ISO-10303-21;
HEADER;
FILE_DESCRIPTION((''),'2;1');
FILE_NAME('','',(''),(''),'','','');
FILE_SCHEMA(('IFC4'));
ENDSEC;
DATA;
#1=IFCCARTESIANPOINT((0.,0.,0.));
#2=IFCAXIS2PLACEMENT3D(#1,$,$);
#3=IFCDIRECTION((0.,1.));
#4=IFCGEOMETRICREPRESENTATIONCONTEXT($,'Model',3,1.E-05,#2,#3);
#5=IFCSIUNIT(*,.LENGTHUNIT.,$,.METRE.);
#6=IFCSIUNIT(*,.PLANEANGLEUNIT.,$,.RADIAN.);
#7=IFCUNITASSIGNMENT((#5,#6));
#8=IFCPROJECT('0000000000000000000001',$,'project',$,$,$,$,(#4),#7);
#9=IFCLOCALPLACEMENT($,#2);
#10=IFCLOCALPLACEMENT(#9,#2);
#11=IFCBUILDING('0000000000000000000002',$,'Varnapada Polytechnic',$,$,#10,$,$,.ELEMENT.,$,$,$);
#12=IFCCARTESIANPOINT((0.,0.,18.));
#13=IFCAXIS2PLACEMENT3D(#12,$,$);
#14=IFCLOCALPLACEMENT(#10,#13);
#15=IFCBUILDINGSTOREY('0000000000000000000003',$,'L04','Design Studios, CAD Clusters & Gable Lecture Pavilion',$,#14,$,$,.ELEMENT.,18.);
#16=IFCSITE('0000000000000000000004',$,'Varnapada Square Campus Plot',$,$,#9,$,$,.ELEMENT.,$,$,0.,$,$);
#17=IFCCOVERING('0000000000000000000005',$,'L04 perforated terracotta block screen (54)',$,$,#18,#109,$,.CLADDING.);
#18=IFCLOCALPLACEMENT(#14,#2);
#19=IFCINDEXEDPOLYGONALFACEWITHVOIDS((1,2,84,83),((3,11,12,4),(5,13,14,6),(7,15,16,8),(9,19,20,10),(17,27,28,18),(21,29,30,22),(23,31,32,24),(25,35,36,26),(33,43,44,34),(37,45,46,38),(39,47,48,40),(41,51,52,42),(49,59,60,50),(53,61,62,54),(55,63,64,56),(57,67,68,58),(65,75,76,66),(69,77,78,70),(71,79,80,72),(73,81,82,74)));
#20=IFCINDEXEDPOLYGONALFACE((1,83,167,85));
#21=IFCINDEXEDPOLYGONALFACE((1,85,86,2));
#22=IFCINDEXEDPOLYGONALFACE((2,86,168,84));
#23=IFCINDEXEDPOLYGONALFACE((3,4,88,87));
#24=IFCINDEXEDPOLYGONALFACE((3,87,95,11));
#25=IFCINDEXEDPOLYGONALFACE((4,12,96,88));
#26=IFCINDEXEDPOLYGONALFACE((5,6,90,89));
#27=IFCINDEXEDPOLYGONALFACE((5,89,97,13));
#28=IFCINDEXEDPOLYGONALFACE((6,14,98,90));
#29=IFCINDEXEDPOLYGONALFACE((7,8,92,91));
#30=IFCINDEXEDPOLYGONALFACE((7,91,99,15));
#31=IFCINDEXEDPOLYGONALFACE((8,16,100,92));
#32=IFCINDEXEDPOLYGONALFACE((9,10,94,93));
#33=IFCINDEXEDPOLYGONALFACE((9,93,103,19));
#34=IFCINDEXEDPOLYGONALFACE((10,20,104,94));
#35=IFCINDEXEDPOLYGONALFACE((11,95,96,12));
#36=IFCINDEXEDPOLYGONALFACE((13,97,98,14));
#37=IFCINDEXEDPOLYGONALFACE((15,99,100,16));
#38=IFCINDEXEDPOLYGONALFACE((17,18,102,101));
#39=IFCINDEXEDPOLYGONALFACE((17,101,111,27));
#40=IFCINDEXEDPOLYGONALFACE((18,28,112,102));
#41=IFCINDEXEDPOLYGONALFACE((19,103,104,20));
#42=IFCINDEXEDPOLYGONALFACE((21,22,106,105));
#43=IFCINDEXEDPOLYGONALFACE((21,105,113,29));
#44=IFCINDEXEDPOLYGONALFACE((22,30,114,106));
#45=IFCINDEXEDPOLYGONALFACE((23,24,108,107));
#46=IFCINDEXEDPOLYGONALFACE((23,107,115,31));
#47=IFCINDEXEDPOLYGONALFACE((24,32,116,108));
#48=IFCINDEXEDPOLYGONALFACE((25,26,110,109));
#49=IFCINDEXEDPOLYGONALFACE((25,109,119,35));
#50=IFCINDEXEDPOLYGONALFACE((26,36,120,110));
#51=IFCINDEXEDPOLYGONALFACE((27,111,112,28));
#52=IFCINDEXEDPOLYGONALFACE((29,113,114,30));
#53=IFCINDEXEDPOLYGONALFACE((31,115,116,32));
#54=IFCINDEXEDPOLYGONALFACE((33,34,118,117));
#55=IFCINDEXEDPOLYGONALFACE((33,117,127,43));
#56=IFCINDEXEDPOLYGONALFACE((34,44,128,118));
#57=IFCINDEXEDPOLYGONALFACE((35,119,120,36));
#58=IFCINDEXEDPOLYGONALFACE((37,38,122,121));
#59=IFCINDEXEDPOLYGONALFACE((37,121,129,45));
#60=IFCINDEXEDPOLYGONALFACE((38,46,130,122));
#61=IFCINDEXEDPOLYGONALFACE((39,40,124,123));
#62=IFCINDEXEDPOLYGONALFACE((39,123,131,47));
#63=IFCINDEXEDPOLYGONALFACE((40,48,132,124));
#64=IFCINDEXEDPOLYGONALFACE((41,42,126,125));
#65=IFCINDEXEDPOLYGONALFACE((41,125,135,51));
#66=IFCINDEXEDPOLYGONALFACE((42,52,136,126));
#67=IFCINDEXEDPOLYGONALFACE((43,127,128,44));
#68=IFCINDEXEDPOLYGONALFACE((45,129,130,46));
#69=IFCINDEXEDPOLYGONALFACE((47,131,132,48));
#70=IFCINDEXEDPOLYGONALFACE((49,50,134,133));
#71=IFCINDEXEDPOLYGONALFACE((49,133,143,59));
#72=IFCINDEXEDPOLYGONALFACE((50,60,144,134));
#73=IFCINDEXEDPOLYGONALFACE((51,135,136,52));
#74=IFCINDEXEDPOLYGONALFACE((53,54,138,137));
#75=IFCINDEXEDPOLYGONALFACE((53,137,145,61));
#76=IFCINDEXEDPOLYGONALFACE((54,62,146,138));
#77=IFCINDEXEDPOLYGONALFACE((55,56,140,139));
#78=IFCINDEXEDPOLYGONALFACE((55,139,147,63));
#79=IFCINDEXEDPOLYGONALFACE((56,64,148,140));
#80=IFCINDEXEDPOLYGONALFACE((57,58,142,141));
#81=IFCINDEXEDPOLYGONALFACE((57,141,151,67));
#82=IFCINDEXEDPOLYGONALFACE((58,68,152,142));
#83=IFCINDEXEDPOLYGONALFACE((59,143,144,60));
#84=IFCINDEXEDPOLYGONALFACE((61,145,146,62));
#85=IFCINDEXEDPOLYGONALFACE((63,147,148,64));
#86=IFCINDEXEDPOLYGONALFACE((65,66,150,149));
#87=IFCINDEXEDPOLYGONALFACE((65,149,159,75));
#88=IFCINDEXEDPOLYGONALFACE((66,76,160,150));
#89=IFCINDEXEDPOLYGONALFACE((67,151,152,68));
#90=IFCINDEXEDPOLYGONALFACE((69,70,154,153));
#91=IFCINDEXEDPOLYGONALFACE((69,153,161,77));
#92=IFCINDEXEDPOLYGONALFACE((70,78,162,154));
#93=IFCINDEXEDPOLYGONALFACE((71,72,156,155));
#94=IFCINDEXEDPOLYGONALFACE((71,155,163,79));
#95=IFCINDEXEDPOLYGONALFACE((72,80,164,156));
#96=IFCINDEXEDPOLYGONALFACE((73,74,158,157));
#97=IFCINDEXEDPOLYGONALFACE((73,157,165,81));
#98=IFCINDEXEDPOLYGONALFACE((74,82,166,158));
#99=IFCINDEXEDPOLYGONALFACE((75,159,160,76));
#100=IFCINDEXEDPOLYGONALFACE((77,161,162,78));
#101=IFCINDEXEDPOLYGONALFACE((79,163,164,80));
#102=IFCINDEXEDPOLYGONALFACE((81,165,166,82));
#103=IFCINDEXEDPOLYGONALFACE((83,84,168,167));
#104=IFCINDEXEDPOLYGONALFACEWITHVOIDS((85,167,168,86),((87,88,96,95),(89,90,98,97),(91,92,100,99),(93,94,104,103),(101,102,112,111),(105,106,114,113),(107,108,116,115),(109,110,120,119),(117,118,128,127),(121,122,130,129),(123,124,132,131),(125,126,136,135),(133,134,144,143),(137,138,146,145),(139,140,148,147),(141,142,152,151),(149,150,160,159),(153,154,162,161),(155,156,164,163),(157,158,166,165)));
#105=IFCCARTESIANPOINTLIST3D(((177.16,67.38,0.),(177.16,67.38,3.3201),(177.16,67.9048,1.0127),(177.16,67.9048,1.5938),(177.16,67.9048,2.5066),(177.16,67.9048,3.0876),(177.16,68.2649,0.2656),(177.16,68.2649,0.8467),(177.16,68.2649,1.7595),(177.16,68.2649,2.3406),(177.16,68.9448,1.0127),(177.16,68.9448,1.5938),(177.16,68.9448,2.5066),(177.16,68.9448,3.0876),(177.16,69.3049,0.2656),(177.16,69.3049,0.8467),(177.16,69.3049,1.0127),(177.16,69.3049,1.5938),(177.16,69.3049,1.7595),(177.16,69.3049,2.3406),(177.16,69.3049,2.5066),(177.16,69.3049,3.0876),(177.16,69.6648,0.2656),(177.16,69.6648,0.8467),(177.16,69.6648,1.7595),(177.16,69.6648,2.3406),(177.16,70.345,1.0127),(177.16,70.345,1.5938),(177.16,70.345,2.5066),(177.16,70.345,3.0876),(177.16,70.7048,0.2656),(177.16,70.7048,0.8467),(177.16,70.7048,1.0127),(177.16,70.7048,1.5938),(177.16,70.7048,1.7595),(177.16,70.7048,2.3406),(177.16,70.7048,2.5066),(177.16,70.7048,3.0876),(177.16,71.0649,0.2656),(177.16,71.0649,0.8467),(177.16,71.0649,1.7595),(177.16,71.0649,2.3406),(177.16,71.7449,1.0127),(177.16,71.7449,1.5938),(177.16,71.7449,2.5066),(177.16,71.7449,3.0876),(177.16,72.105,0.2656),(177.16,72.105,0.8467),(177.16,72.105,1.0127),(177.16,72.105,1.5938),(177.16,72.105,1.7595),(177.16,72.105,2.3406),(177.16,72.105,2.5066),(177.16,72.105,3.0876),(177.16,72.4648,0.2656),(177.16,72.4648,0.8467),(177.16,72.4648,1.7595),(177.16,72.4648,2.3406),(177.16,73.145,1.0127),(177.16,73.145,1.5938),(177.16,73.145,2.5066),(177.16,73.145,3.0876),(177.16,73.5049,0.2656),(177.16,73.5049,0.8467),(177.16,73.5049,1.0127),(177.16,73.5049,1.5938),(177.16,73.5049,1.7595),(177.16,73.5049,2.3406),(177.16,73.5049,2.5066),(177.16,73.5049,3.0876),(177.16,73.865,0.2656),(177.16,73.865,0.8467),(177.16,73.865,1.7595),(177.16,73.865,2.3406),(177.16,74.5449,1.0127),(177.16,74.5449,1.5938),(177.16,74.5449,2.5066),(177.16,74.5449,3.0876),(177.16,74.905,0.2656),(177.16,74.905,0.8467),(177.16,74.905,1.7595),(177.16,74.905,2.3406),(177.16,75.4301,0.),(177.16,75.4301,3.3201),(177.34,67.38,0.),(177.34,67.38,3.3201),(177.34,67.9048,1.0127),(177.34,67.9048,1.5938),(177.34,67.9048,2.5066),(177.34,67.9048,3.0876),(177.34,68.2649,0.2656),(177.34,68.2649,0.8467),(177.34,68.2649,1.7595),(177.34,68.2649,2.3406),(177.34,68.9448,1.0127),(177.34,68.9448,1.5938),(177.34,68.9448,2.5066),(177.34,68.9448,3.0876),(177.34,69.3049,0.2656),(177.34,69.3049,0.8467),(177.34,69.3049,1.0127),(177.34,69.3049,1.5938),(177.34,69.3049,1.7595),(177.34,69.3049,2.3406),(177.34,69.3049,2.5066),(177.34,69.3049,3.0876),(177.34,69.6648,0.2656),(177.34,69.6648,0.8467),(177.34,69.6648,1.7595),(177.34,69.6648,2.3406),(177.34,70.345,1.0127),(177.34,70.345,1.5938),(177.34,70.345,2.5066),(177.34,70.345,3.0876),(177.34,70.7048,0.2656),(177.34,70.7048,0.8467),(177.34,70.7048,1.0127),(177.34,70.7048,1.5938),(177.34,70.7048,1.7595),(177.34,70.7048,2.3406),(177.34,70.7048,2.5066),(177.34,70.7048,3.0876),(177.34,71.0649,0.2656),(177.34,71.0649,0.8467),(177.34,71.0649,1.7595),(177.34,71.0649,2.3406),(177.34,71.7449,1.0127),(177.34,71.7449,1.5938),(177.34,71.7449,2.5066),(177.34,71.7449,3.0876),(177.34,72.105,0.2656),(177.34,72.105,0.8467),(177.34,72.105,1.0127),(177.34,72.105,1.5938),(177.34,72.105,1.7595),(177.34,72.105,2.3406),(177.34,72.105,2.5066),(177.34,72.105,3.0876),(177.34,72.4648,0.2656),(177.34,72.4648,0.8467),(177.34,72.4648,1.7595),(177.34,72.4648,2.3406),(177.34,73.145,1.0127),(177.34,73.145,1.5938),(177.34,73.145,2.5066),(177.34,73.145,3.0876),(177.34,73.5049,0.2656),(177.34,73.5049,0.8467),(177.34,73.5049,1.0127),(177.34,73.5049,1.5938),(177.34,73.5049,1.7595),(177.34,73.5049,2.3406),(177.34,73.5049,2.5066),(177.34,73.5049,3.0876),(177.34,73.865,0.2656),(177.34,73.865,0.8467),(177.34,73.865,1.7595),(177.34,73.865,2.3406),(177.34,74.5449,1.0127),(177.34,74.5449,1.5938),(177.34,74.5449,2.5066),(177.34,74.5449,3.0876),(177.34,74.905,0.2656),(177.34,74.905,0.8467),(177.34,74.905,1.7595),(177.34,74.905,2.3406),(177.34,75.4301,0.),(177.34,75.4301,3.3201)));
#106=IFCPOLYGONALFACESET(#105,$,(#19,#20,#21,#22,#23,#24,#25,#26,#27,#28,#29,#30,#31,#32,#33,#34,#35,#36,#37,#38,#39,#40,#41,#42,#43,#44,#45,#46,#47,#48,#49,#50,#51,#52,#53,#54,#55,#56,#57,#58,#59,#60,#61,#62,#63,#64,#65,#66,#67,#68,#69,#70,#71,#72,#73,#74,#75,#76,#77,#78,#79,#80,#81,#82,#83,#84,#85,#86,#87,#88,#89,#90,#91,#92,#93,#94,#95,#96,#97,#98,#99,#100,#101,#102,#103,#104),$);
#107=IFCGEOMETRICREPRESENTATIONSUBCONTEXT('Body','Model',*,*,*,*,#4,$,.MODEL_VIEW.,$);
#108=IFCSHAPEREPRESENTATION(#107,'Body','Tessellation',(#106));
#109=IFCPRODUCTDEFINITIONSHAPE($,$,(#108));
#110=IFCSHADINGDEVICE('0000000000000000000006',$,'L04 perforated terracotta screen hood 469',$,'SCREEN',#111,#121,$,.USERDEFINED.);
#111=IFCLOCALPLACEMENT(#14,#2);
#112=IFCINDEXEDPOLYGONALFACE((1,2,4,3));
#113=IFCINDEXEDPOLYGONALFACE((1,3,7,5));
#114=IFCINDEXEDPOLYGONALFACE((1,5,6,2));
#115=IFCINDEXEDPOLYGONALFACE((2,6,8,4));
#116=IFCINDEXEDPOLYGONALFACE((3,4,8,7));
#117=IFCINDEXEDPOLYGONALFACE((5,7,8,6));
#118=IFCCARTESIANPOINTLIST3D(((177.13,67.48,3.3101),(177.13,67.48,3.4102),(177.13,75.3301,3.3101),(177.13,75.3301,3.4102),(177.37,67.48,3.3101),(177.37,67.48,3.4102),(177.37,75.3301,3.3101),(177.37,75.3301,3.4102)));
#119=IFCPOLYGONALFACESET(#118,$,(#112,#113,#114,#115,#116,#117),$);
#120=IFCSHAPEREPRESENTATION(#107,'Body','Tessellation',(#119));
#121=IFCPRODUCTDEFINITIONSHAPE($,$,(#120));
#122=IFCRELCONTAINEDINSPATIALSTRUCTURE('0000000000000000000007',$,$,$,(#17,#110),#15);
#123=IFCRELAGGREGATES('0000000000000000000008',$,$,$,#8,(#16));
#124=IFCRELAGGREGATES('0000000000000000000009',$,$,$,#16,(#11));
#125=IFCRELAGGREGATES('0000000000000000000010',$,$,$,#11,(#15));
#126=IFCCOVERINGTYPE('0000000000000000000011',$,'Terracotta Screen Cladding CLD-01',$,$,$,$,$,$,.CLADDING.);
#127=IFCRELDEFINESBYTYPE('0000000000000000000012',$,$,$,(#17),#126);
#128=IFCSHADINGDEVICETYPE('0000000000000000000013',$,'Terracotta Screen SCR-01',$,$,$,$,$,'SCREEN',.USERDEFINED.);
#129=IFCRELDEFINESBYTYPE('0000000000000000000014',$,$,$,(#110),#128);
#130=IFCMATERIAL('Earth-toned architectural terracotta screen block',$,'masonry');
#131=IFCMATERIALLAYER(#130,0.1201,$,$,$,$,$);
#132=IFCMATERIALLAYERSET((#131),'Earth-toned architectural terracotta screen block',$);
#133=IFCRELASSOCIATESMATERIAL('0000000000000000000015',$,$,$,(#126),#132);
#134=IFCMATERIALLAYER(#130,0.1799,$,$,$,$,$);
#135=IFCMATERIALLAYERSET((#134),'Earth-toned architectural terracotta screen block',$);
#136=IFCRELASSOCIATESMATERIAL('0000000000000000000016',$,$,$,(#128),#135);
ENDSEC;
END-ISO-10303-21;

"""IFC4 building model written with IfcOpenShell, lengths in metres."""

from ifc_helpers import new_model, si_unit, direction, frame, frame_2d, origin, origin_2d, place, context, subcontext, project, spatial, rectangle, extrude, material, layer, layer_set, type_object, element, save


model = new_model("IFC4")

# Units and contexts
model_context = context("Model", 3, precision=1e-05, world=origin(), true_north=direction((0.0, 1.0)))
body_context = subcontext(model_context, "Body", "Model", "MODEL_VIEW")
ifc_project = project(units=[si_unit("LENGTHUNIT", "METRE"), si_unit("PLANEANGLEUNIT", "RADIAN")], contexts=[model_context])

# Site, building, storey
site_placement = place(None, origin())
site = spatial("IfcSite", under=ifc_project, at=site_placement, Name="Varnapada Square Campus Plot", CompositionType="ELEMENT", RefElevation=0.0)
building_placement = place(site_placement, origin())
building = spatial("IfcBuilding", under=site, at=building_placement, Name="Varnapada Polytechnic", CompositionType="ELEMENT")
storey_placement = place(building_placement, frame((0.0, 0.0, 18.0)))
storey = spatial("IfcBuildingStorey", under=building, at=storey_placement, Name="L04", Description="Design Studios, CAD Clusters & Gable Lecture Pavilion", CompositionType="ELEMENT", Elevation=18.0)

# Covering, openings
ifc_material_1 = material(Name="Earth-toned architectural terracotta screen block", Category="masonry")
ifc_layer_1 = layer(ifc_material_1, 0.1201)
ifc_layer_set_1 = layer_set([ifc_layer_1], Name="Earth-toned architectural terracotta screen block")
covering_type = type_object("IfcCoveringType", Name="Terracotta Screen Cladding CLD-01", PredefinedType="CLADDING", material=ifc_layer_set_1)
covering_placement = place(storey_placement, frame((177.25, 75.4299, 0.0), z_axis=(0.0, 0.0, 1.0), x_axis=(0.0, -1.0, 0.0)))
covering = element("IfcCovering", 1, at=covering_placement, inside=storey, type_object=covering_type, Name="L04 perforated terracotta block screen (54)", PredefinedType="CLADDING", context=body_context, shape_type="SweptSolid", body=[
    extrude(rectangle(XDim=8.05, YDim=0.1799, at=frame_2d((4.0249, 0.0))), origin(), (0.0, 0.0, 1.0), 3.3201),
])
opening_1_placement = place(covering_placement, frame((0.5249, 0.0, 0.2656)))
element("IfcOpeningElement", 2, at=opening_1_placement, cuts=covering, PredefinedType="OPENING", context=body_context, shape_type="SweptSolid", body=[
    extrude(rectangle(XDim=1.04, YDim=0.5811, at=frame_2d((0.52, 0.2905))), frame((0.0, 0.0999, 0.0), z_axis=(0.0, -1.0, 0.0), x_axis=(1.0, 0.0, 0.0)), (0.0, 0.0, 1.0), 0.2),
])
opening_2_placement = place(covering_placement, frame((1.925, 0.0, 0.2656)))
element("IfcOpeningElement", 3, at=opening_2_placement, cuts=covering, PredefinedType="OPENING", context=body_context, shape_type="SweptSolid", body=[
    extrude(rectangle(XDim=1.04, YDim=0.5811, at=frame_2d((0.52, 0.2905))), frame((0.0, 0.0999, 0.0), z_axis=(0.0, -1.0, 0.0), x_axis=(1.0, 0.0, 0.0)), (0.0, 0.0, 1.0), 0.2),
])
opening_3_placement = place(covering_placement, frame((3.325, 0.0, 0.2656)))
element("IfcOpeningElement", 4, at=opening_3_placement, cuts=covering, PredefinedType="OPENING", context=body_context, shape_type="SweptSolid", body=[
    extrude(rectangle(XDim=1.04, YDim=0.5811, at=frame_2d((0.52, 0.2905))), frame((0.0, 0.0999, 0.0), z_axis=(0.0, -1.0, 0.0), x_axis=(1.0, 0.0, 0.0)), (0.0, 0.0, 1.0), 0.2),
])
opening_4_placement = place(covering_placement, frame((4.7251, 0.0, 0.2656)))
element("IfcOpeningElement", 5, at=opening_4_placement, cuts=covering, PredefinedType="OPENING", context=body_context, shape_type="SweptSolid", body=[
    extrude(rectangle(XDim=1.04, YDim=0.5811, at=frame_2d((0.52, 0.2905))), frame((0.0, 0.0999, 0.0), z_axis=(0.0, -1.0, 0.0), x_axis=(1.0, 0.0, 0.0)), (0.0, 0.0, 1.0), 0.2),
])
opening_5_placement = place(covering_placement, frame((6.125, 0.0, 0.2656)))
element("IfcOpeningElement", 6, at=opening_5_placement, cuts=covering, PredefinedType="OPENING", context=body_context, shape_type="SweptSolid", body=[
    extrude(rectangle(XDim=1.04, YDim=0.5811, at=frame_2d((0.52, 0.2905))), frame((0.0, 0.0999, 0.0), z_axis=(0.0, -1.0, 0.0), x_axis=(1.0, 0.0, 0.0)), (0.0, 0.0, 1.0), 0.2),
])
opening_6_placement = place(covering_placement, frame((0.885, 0.0, 1.0127)))
element("IfcOpeningElement", 7, at=opening_6_placement, cuts=covering, PredefinedType="OPENING", context=body_context, shape_type="SweptSolid", body=[
    extrude(rectangle(XDim=1.04, YDim=0.5811, at=frame_2d((0.52, 0.2905))), frame((0.0, 0.0999, 0.0), z_axis=(0.0, -1.0, 0.0), x_axis=(1.0, 0.0, 0.0)), (0.0, 0.0, 1.0), 0.2),
])
opening_7_placement = place(covering_placement, frame((2.2849, 0.0, 1.0127)))
element("IfcOpeningElement", 8, at=opening_7_placement, cuts=covering, PredefinedType="OPENING", context=body_context, shape_type="SweptSolid", body=[
    extrude(rectangle(XDim=1.04, YDim=0.5811, at=frame_2d((0.52, 0.2905))), frame((0.0, 0.0999, 0.0), z_axis=(0.0, -1.0, 0.0), x_axis=(1.0, 0.0, 0.0)), (0.0, 0.0, 1.0), 0.2),
])
opening_8_placement = place(covering_placement, frame((3.6851, 0.0, 1.0127)))
element("IfcOpeningElement", 9, at=opening_8_placement, cuts=covering, PredefinedType="OPENING", context=body_context, shape_type="SweptSolid", body=[
    extrude(rectangle(XDim=1.04, YDim=0.5811, at=frame_2d((0.52, 0.2905))), frame((0.0, 0.0999, 0.0), z_axis=(0.0, -1.0, 0.0), x_axis=(1.0, 0.0, 0.0)), (0.0, 0.0, 1.0), 0.2),
])
opening_9_placement = place(covering_placement, frame((5.085, 0.0, 1.0127)))
element("IfcOpeningElement", 10, at=opening_9_placement, cuts=covering, PredefinedType="OPENING", context=body_context, shape_type="SweptSolid", body=[
    extrude(rectangle(XDim=1.04, YDim=0.5811, at=frame_2d((0.52, 0.2905))), frame((0.0, 0.0999, 0.0), z_axis=(0.0, -1.0, 0.0), x_axis=(1.0, 0.0, 0.0)), (0.0, 0.0, 1.0), 0.2),
])
opening_10_placement = place(covering_placement, frame((6.4851, 0.0, 1.0127)))
element("IfcOpeningElement", 11, at=opening_10_placement, cuts=covering, PredefinedType="OPENING", context=body_context, shape_type="SweptSolid", body=[
    extrude(rectangle(XDim=1.04, YDim=0.5811, at=frame_2d((0.52, 0.2905))), frame((0.0, 0.0999, 0.0), z_axis=(0.0, -1.0, 0.0), x_axis=(1.0, 0.0, 0.0)), (0.0, 0.0, 1.0), 0.2),
])
opening_11_placement = place(covering_placement, frame((0.5249, 0.0, 1.7595)))
element("IfcOpeningElement", 12, at=opening_11_placement, cuts=covering, PredefinedType="OPENING", context=body_context, shape_type="SweptSolid", body=[
    extrude(rectangle(XDim=1.04, YDim=0.5811, at=frame_2d((0.52, 0.2905))), frame((0.0, 0.0999, 0.0), z_axis=(0.0, -1.0, 0.0), x_axis=(1.0, 0.0, 0.0)), (0.0, 0.0, 1.0), 0.2),
])
opening_12_placement = place(covering_placement, frame((1.925, 0.0, 1.7595)))
element("IfcOpeningElement", 13, at=opening_12_placement, cuts=covering, PredefinedType="OPENING", context=body_context, shape_type="SweptSolid", body=[
    extrude(rectangle(XDim=1.04, YDim=0.5811, at=frame_2d((0.52, 0.2905))), frame((0.0, 0.0999, 0.0), z_axis=(0.0, -1.0, 0.0), x_axis=(1.0, 0.0, 0.0)), (0.0, 0.0, 1.0), 0.2),
])
opening_13_placement = place(covering_placement, frame((3.325, 0.0, 1.7595)))
element("IfcOpeningElement", 14, at=opening_13_placement, cuts=covering, PredefinedType="OPENING", context=body_context, shape_type="SweptSolid", body=[
    extrude(rectangle(XDim=1.04, YDim=0.5811, at=frame_2d((0.52, 0.2905))), frame((0.0, 0.0999, 0.0), z_axis=(0.0, -1.0, 0.0), x_axis=(1.0, 0.0, 0.0)), (0.0, 0.0, 1.0), 0.2),
])
opening_14_placement = place(covering_placement, frame((4.7251, 0.0, 1.7595)))
element("IfcOpeningElement", 15, at=opening_14_placement, cuts=covering, PredefinedType="OPENING", context=body_context, shape_type="SweptSolid", body=[
    extrude(rectangle(XDim=1.04, YDim=0.5811, at=frame_2d((0.52, 0.2905))), frame((0.0, 0.0999, 0.0), z_axis=(0.0, -1.0, 0.0), x_axis=(1.0, 0.0, 0.0)), (0.0, 0.0, 1.0), 0.2),
])
opening_15_placement = place(covering_placement, frame((6.125, 0.0, 1.7595)))
element("IfcOpeningElement", 16, at=opening_15_placement, cuts=covering, PredefinedType="OPENING", context=body_context, shape_type="SweptSolid", body=[
    extrude(rectangle(XDim=1.04, YDim=0.5811, at=frame_2d((0.52, 0.2905))), frame((0.0, 0.0999, 0.0), z_axis=(0.0, -1.0, 0.0), x_axis=(1.0, 0.0, 0.0)), (0.0, 0.0, 1.0), 0.2),
])
opening_16_placement = place(covering_placement, frame((0.885, 0.0, 2.5066)))
element("IfcOpeningElement", 17, at=opening_16_placement, cuts=covering, PredefinedType="OPENING", context=body_context, shape_type="SweptSolid", body=[
    extrude(rectangle(XDim=1.04, YDim=0.5811, at=frame_2d((0.52, 0.2905))), frame((0.0, 0.0999, 0.0), z_axis=(0.0, -1.0, 0.0), x_axis=(1.0, 0.0, 0.0)), (0.0, 0.0, 1.0), 0.2),
])
opening_17_placement = place(covering_placement, frame((2.2849, 0.0, 2.5066)))
element("IfcOpeningElement", 18, at=opening_17_placement, cuts=covering, PredefinedType="OPENING", context=body_context, shape_type="SweptSolid", body=[
    extrude(rectangle(XDim=1.04, YDim=0.5811, at=frame_2d((0.52, 0.2905))), frame((0.0, 0.0999, 0.0), z_axis=(0.0, -1.0, 0.0), x_axis=(1.0, 0.0, 0.0)), (0.0, 0.0, 1.0), 0.2),
])
opening_18_placement = place(covering_placement, frame((3.6851, 0.0, 2.5066)))
element("IfcOpeningElement", 19, at=opening_18_placement, cuts=covering, PredefinedType="OPENING", context=body_context, shape_type="SweptSolid", body=[
    extrude(rectangle(XDim=1.04, YDim=0.5811, at=frame_2d((0.52, 0.2905))), frame((0.0, 0.0999, 0.0), z_axis=(0.0, -1.0, 0.0), x_axis=(1.0, 0.0, 0.0)), (0.0, 0.0, 1.0), 0.2),
])
opening_19_placement = place(covering_placement, frame((5.085, 0.0, 2.5066)))
element("IfcOpeningElement", 20, at=opening_19_placement, cuts=covering, PredefinedType="OPENING", context=body_context, shape_type="SweptSolid", body=[
    extrude(rectangle(XDim=1.04, YDim=0.5811, at=frame_2d((0.52, 0.2905))), frame((0.0, 0.0999, 0.0), z_axis=(0.0, -1.0, 0.0), x_axis=(1.0, 0.0, 0.0)), (0.0, 0.0, 1.0), 0.2),
])
opening_20_placement = place(covering_placement, frame((6.4851, 0.0, 2.5066)))
element("IfcOpeningElement", 21, at=opening_20_placement, cuts=covering, PredefinedType="OPENING", context=body_context, shape_type="SweptSolid", body=[
    extrude(rectangle(XDim=1.04, YDim=0.5811, at=frame_2d((0.52, 0.2905))), frame((0.0, 0.0999, 0.0), z_axis=(0.0, -1.0, 0.0), x_axis=(1.0, 0.0, 0.0)), (0.0, 0.0, 1.0), 0.2),
])

# Shading device
ifc_layer_2 = layer(ifc_material_1, 0.1799)
ifc_layer_set_2 = layer_set([ifc_layer_2], Name="Earth-toned architectural terracotta screen block")
shading_device_type = type_object("IfcShadingDeviceType", Name="Terracotta Screen SCR-01", ElementType="SCREEN", PredefinedType="USERDEFINED", material=ifc_layer_set_2)
shading_device_placement = place(storey_placement, frame((177.25, 71.405, 3.3101), z_axis=(0.0, 0.0, 1.0), x_axis=(0.0, -1.0, 0.0)))
element("IfcShadingDevice", 22, at=shading_device_placement, inside=storey, type_object=shading_device_type, Name="L04 perforated terracotta screen hood 469", ObjectType="SCREEN", PredefinedType="USERDEFINED", context=body_context, shape_type="SweptSolid", body=[
    extrude(rectangle(XDim=7.8501, YDim=0.24, at=origin_2d()), origin(), (0.0, 0.0, 1.0), 0.1001),
])

save(model, "model.ifc")
